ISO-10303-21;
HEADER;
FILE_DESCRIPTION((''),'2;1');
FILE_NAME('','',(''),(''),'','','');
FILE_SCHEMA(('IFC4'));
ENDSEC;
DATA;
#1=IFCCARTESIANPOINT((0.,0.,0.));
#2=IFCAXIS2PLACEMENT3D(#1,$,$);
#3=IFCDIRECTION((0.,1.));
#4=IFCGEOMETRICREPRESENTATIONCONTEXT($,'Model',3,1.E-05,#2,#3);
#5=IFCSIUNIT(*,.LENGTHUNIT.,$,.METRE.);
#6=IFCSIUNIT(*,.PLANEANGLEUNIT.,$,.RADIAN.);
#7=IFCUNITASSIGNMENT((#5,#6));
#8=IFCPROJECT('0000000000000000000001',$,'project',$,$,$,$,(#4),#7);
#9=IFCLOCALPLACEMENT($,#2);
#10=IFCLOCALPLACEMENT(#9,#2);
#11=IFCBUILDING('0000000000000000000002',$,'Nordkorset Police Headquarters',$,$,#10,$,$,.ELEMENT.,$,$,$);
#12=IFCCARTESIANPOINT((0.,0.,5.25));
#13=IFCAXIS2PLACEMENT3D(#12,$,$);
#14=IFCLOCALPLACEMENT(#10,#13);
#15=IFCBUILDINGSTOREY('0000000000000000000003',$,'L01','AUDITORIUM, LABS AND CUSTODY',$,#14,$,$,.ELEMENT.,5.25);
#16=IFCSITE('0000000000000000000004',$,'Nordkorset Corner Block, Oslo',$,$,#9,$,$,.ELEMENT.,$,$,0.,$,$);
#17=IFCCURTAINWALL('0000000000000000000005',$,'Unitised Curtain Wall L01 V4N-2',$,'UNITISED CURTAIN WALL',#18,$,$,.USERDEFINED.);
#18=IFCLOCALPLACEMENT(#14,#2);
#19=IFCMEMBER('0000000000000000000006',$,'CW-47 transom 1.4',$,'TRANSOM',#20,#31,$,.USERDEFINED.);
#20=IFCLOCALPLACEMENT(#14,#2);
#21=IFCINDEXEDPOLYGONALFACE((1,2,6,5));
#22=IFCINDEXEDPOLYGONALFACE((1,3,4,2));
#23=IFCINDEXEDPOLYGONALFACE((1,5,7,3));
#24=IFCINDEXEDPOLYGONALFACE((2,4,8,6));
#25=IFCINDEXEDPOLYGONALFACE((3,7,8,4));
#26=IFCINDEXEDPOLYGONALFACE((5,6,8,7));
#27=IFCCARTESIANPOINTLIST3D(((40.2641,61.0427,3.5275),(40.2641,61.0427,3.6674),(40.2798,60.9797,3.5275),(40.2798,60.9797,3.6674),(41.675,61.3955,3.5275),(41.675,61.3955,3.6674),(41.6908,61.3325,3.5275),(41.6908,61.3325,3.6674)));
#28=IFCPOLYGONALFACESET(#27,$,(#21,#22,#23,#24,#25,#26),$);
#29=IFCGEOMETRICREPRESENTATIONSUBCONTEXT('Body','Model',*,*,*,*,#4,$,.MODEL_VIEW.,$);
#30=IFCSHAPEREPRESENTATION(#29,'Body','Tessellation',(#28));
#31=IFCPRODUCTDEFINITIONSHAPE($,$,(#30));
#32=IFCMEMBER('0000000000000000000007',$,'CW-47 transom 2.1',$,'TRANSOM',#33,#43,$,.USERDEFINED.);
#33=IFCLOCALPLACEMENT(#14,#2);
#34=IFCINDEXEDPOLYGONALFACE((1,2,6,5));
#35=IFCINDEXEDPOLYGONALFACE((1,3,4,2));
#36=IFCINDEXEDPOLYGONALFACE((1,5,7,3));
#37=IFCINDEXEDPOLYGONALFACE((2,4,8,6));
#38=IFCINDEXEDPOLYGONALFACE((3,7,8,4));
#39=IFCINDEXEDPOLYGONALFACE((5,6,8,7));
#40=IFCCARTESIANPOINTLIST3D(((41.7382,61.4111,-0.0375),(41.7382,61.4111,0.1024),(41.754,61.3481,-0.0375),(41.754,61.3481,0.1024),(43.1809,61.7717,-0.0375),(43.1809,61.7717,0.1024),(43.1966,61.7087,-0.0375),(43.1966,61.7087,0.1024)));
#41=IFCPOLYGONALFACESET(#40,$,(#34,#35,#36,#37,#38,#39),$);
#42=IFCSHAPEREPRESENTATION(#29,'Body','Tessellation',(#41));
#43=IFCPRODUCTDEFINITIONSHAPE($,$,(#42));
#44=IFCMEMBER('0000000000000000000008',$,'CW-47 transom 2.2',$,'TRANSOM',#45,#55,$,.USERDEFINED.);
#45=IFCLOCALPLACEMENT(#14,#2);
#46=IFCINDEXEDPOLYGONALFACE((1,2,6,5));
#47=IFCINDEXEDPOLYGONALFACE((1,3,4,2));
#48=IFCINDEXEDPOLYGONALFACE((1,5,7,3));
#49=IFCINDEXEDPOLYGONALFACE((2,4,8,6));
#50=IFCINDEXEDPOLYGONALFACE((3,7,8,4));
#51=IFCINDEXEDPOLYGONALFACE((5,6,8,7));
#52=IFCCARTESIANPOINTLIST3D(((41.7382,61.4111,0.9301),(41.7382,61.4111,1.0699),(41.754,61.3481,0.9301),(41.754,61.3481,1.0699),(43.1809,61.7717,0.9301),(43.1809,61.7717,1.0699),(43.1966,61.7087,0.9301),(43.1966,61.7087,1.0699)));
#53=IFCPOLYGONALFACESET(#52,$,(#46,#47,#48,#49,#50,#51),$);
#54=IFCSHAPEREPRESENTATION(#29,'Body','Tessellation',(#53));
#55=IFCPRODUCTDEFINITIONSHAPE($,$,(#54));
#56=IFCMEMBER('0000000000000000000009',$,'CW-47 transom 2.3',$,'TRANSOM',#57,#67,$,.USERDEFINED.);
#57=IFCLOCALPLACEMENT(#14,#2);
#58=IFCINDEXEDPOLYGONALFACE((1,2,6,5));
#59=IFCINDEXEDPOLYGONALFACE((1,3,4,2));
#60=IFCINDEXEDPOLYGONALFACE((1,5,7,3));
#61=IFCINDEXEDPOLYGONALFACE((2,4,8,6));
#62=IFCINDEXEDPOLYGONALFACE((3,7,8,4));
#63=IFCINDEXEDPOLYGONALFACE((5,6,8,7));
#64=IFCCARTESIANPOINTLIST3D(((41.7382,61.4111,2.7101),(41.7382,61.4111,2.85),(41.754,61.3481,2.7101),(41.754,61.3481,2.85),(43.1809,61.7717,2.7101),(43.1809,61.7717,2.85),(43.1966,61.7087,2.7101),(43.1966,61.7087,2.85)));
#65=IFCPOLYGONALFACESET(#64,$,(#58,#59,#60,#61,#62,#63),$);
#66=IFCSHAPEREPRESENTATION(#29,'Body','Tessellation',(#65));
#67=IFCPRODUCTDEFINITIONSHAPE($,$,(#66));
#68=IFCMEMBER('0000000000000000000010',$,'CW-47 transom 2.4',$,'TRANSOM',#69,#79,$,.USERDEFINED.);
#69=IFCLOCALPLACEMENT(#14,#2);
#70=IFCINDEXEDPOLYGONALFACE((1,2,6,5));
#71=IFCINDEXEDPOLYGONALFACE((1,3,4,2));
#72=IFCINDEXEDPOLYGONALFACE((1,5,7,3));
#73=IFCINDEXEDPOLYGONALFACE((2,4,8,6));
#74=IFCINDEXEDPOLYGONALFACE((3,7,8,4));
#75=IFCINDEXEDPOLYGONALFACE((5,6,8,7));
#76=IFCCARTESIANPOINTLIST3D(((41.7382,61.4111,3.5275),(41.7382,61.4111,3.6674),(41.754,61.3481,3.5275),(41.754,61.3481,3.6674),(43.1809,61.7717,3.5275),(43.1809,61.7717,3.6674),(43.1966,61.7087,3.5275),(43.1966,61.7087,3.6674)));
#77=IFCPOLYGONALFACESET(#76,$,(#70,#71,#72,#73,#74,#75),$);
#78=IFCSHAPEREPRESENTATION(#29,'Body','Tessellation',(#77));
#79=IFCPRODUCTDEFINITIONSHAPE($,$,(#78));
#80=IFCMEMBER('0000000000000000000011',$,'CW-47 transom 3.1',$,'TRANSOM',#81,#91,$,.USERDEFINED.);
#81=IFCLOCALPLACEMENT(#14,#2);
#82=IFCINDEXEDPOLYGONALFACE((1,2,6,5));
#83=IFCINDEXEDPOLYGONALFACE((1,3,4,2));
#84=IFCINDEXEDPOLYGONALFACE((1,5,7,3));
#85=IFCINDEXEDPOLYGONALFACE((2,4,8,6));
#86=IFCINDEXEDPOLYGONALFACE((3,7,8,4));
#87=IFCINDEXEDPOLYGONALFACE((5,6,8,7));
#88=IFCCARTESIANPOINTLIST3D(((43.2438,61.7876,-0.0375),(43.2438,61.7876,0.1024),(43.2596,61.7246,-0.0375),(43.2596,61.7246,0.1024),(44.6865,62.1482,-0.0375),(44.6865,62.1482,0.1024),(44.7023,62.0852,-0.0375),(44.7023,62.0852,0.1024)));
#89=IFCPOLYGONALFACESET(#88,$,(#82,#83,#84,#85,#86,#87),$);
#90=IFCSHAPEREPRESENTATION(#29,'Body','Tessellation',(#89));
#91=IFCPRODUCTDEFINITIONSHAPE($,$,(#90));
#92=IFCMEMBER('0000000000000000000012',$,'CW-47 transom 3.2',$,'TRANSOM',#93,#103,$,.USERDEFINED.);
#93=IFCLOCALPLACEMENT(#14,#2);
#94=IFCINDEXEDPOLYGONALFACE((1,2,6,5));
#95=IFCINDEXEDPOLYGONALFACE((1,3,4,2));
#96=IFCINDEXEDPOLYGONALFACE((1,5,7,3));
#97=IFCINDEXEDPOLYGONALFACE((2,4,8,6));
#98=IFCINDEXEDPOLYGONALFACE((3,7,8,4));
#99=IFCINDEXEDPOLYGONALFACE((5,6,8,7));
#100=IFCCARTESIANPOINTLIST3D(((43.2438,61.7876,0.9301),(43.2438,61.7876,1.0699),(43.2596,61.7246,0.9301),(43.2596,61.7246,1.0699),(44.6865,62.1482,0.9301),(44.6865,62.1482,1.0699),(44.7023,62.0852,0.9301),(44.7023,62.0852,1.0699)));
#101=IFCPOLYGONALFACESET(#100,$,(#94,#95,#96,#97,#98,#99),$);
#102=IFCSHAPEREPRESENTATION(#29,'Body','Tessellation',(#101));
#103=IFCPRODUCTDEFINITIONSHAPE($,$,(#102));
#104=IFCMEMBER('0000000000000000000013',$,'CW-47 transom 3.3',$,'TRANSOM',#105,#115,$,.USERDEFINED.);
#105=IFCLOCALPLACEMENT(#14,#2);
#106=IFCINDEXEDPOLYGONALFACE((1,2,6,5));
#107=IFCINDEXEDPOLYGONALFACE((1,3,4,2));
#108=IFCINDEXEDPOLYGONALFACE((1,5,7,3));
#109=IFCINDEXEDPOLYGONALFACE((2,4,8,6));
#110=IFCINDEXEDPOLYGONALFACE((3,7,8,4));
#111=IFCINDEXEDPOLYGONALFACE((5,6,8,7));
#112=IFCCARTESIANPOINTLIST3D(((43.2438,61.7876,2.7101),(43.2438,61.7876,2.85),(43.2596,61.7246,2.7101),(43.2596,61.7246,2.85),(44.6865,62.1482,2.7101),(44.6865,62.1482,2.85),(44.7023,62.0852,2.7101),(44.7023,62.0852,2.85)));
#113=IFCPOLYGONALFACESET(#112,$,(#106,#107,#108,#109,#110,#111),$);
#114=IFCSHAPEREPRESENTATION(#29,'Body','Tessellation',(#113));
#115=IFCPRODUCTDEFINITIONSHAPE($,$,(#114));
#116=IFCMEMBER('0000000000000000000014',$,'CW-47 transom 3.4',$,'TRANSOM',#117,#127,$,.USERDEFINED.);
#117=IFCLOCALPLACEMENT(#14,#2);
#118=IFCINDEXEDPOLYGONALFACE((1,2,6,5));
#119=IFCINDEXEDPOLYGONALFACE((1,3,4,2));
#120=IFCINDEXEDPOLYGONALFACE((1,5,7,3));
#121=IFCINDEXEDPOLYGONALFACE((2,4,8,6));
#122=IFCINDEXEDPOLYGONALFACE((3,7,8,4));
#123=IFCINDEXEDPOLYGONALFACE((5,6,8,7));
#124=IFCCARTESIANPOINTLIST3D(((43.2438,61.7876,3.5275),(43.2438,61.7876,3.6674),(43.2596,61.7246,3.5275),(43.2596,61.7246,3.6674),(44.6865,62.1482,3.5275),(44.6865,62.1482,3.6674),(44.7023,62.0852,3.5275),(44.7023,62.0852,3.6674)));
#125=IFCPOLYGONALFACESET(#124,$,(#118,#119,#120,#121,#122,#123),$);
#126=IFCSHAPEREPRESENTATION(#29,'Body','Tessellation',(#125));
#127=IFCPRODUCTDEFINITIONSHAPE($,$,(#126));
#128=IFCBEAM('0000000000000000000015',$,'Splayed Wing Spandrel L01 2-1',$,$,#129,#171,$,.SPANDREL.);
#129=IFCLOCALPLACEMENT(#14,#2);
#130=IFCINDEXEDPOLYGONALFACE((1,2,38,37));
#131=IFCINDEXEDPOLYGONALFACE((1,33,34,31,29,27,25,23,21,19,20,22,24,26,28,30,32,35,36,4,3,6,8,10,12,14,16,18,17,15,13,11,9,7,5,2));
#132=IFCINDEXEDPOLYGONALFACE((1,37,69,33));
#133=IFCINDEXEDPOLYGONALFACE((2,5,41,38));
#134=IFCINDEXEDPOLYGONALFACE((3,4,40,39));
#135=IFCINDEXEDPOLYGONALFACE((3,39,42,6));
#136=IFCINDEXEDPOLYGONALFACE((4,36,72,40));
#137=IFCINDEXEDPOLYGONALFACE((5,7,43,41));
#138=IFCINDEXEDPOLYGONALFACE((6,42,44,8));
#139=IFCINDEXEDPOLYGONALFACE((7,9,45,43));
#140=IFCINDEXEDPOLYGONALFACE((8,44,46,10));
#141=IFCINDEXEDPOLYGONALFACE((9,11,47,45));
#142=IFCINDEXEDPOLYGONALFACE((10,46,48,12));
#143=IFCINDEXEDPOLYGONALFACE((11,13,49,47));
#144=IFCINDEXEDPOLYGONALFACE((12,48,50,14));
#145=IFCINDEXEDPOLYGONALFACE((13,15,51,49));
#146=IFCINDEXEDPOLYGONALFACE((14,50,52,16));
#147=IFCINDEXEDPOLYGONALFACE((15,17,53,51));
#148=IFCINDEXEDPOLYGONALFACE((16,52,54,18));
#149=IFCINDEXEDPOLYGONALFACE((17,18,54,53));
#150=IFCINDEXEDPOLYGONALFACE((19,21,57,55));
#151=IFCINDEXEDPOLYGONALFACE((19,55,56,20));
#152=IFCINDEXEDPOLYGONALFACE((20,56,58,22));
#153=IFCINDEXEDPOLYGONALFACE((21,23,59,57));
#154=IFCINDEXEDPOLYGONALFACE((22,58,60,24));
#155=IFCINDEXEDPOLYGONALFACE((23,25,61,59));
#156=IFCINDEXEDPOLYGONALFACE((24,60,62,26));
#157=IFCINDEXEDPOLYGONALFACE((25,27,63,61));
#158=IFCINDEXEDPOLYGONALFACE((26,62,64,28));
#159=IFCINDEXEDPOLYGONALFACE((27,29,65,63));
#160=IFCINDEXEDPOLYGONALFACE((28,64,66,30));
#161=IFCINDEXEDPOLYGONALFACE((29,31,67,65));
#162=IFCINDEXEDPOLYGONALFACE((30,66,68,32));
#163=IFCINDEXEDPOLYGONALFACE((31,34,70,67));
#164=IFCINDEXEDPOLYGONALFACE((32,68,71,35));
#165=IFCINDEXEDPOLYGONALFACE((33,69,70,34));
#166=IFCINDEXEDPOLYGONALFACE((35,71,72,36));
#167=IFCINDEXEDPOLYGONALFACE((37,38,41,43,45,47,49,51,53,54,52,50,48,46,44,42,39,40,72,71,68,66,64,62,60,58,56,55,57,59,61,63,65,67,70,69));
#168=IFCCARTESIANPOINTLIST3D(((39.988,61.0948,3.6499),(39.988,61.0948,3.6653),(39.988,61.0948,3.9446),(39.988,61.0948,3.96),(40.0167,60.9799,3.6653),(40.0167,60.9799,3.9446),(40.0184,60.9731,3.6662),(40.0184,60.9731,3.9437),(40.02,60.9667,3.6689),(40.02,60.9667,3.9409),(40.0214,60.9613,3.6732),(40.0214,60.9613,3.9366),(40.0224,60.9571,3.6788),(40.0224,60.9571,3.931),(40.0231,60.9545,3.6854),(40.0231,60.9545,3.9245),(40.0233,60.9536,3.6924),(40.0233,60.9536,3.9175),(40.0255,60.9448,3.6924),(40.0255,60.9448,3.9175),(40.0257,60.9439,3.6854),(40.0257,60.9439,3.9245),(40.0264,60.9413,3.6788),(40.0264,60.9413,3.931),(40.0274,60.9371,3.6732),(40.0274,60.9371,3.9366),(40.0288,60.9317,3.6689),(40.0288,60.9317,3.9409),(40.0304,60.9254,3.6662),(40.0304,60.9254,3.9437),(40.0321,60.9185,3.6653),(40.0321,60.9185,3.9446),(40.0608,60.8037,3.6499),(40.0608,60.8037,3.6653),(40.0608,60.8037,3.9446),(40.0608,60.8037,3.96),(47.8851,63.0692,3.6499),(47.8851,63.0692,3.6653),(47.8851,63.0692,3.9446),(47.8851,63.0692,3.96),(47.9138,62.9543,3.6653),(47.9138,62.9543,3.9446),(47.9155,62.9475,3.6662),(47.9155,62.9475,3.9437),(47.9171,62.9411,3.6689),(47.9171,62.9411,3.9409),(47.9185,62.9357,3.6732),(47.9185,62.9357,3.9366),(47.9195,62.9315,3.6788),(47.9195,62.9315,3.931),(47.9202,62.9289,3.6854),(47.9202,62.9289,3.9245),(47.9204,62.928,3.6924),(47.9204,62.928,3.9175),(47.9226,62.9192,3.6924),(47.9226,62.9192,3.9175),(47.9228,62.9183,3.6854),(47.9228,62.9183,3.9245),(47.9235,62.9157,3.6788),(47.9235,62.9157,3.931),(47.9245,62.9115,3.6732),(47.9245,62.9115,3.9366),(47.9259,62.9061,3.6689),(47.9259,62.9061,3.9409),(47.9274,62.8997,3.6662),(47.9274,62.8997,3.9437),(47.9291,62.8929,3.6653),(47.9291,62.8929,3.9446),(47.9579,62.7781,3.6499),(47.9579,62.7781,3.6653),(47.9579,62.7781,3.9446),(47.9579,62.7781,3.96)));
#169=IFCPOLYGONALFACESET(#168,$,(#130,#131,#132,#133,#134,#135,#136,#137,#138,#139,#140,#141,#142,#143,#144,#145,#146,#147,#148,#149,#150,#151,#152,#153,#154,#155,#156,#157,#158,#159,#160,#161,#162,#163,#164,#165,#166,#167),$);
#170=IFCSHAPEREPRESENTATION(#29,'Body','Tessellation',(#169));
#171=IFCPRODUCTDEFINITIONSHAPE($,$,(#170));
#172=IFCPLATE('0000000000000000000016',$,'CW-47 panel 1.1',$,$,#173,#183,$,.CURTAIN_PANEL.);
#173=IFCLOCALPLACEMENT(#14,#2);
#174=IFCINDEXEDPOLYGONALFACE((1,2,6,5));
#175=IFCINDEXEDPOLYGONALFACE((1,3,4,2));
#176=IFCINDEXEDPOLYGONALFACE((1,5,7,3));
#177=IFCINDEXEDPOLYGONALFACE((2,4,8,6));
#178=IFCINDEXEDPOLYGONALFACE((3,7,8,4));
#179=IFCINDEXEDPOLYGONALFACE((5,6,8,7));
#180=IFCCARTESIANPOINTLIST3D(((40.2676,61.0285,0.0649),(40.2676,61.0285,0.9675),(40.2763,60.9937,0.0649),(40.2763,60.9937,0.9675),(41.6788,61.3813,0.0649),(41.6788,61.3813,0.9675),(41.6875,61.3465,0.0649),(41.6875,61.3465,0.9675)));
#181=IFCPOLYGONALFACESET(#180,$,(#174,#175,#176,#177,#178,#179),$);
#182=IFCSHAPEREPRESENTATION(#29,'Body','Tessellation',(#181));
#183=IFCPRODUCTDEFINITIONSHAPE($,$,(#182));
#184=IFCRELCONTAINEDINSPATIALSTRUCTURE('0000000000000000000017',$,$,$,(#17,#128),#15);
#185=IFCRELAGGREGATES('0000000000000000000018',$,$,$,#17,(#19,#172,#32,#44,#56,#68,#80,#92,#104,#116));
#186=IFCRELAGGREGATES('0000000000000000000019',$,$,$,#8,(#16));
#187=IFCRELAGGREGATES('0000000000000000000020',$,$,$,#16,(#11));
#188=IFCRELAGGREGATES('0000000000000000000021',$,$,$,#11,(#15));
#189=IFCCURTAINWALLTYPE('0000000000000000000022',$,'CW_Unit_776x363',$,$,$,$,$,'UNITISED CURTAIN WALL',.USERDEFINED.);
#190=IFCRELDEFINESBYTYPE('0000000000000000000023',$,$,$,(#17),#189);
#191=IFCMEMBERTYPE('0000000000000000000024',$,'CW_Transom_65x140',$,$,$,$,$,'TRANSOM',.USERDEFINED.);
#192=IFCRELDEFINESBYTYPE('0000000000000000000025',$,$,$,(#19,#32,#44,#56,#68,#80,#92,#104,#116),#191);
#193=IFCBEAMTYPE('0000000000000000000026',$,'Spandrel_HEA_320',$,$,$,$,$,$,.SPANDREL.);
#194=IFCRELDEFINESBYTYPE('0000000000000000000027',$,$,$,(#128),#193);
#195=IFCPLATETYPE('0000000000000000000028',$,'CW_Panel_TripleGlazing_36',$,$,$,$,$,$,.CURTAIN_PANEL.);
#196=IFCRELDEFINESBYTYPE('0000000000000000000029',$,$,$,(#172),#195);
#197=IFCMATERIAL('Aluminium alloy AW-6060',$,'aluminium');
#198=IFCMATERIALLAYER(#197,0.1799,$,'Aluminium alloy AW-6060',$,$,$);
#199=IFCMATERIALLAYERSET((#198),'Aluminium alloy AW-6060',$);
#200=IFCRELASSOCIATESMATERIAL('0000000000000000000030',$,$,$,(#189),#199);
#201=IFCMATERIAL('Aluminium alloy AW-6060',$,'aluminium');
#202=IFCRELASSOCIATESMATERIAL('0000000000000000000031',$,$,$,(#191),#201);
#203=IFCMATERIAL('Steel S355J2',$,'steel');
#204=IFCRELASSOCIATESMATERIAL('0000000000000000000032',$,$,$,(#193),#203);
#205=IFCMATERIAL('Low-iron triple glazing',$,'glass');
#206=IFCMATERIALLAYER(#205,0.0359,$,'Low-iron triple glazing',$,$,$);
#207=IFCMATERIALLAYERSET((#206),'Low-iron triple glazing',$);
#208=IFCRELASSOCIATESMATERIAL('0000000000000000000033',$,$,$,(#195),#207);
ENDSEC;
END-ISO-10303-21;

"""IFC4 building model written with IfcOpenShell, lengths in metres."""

from ifc_helpers import new_model, si_unit, direction, frame, origin, origin_2d, place, context, subcontext, project, spatial, rectangle, i_section, extrude, material, layer, layer_set, material_profile, profile_set, type_object, element, aggregate, save


model = new_model("IFC4")

# Units and contexts
model_context = context("Model", 3, precision=1e-05, world=origin(), true_north=direction((0.0, 1.0)))
body_context = subcontext(model_context, "Body", "Model", "MODEL_VIEW")
ifc_project = project(units=[si_unit("LENGTHUNIT", "METRE"), si_unit("PLANEANGLEUNIT", "RADIAN")], contexts=[model_context])

# Site, building, storey
site_placement = place(None, origin())
site = spatial("IfcSite", under=ifc_project, at=site_placement, Name="Nordkorset Corner Block, Oslo", CompositionType="ELEMENT", RefElevation=0.0)
building_placement = place(site_placement, origin())
building = spatial("IfcBuilding", under=site, at=building_placement, Name="Nordkorset Police Headquarters", CompositionType="ELEMENT")
storey_placement = place(building_placement, frame((0.0, 0.0, 5.25)))
storey = spatial("IfcBuildingStorey", under=building, at=storey_placement, Name="L01", Description="AUDITORIUM, LABS AND CUSTODY", CompositionType="ELEMENT", Elevation=5.25)

# Curtain wall, members
ifc_material_1 = material(Name="Aluminium alloy AW-6060", Category="aluminium")
ifc_layer_1 = layer(ifc_material_1, 0.1799, Name="Aluminium alloy AW-6060")
ifc_layer_set_1 = layer_set([ifc_layer_1], Name="Aluminium alloy AW-6060")
curtain_wall_type_1 = type_object("IfcCurtainWallType", Name="CW_Unit_776x363", ElementType="UNITISED CURTAIN WALL", PredefinedType="USERDEFINED", material=ifc_layer_set_1)
curtain_wall_1_placement = place(storey_placement, origin())
curtain_wall_1 = element("IfcCurtainWall", 1, at=curtain_wall_1_placement, inside=storey, type_object=curtain_wall_type_1, Name="Unitised Curtain Wall L01 V4N-2", ObjectType="UNITISED CURTAIN WALL", PredefinedType="USERDEFINED")
ifc_material_2 = material(Name="Aluminium alloy AW-6060", Category="aluminium")
ifc_material_profile_1 = material_profile(ifc_material_2, rectangle(XDim=0.0649, YDim=0.1399, at=origin_2d()), Name="ALU TRAN 65x140")
ifc_profile_set_1 = profile_set([ifc_material_profile_1], Name="Aluminium alloy AW-6060")
member_type_1 = type_object("IfcMemberType", Name="CW_Transom_65x140", ElementType="TRANSOM", PredefinedType="USERDEFINED", material=ifc_profile_set_1)
member_1_placement = place(storey_placement, frame((40.272, 61.0112, 3.5974), z_axis=(0.970133, 0.242575, 0.0), x_axis=(-0.242575, 0.970133, 0.0)))
member_1 = element("IfcMember", 2, at=member_1_placement, type_object=member_type_1, Name="CW-47 transom 1.4", ObjectType="TRANSOM", PredefinedType="USERDEFINED", context=body_context, shape_type="SweptSolid", body=[
    extrude(rectangle(XDim=0.0649, YDim=0.1399, at=origin_2d()), origin(), (0.0, 0.0, 1.0), 1.4543),
])
member_2_placement = place(storey_placement, frame((41.7461, 61.3796, 0.0325), z_axis=(0.970152, 0.242497, 0.0), x_axis=(-0.242497, 0.970152, 0.0)))
member_2 = element("IfcMember", 3, at=member_2_placement, type_object=member_type_1, Name="CW-47 transom 2.1", ObjectType="TRANSOM", PredefinedType="USERDEFINED", context=body_context, shape_type="SweptSolid", body=[
    extrude(rectangle(XDim=0.0649, YDim=0.1399, at=origin_2d()), origin(), (0.0, 0.0, 1.0), 1.4871),
])
member_3_placement = place(storey_placement, frame((41.7461, 61.3796, 1.0), z_axis=(0.970152, 0.242497, 0.0), x_axis=(-0.242497, 0.970152, 0.0)))
member_3 = element("IfcMember", 4, at=member_3_placement, type_object=member_type_1, Name="CW-47 transom 2.2", ObjectType="TRANSOM", PredefinedType="USERDEFINED", context=body_context, shape_type="SweptSolid", body=[
    extrude(rectangle(XDim=0.0649, YDim=0.1399, at=origin_2d()), origin(), (0.0, 0.0, 1.0), 1.4871),
])
member_4_placement = place(storey_placement, frame((41.7461, 61.3796, 2.78), z_axis=(0.970152, 0.242497, 0.0), x_axis=(-0.242497, 0.970152, 0.0)))
member_4 = element("IfcMember", 5, at=member_4_placement, type_object=member_type_1, Name="CW-47 transom 2.3", ObjectType="TRANSOM", PredefinedType="USERDEFINED", context=body_context, shape_type="SweptSolid", body=[
    extrude(rectangle(XDim=0.0649, YDim=0.1399, at=origin_2d()), origin(), (0.0, 0.0, 1.0), 1.4871),
])
member_5_placement = place(storey_placement, frame((41.7461, 61.3796, 3.5974), z_axis=(0.970152, 0.242497, 0.0), x_axis=(-0.242497, 0.970152, 0.0)))
member_5 = element("IfcMember", 6, at=member_5_placement, type_object=member_type_1, Name="CW-47 transom 2.4", ObjectType="TRANSOM", PredefinedType="USERDEFINED", context=body_context, shape_type="SweptSolid", body=[
    extrude(rectangle(XDim=0.0649, YDim=0.1399, at=origin_2d()), origin(), (0.0, 0.0, 1.0), 1.4871),
])
member_6_placement = place(storey_placement, frame((43.2517, 61.7561, 0.0325), z_axis=(0.970152, 0.242497, 0.0), x_axis=(-0.242497, 0.970152, 0.0)))
member_6 = element("IfcMember", 7, at=member_6_placement, type_object=member_type_1, Name="CW-47 transom 3.1", ObjectType="TRANSOM", PredefinedType="USERDEFINED", context=body_context, shape_type="SweptSolid", body=[
    extrude(rectangle(XDim=0.0649, YDim=0.1399, at=origin_2d()), origin(), (0.0, 0.0, 1.0), 1.4871),
])
member_7_placement = place(storey_placement, frame((43.2517, 61.7561, 1.0), z_axis=(0.970152, 0.242497, 0.0), x_axis=(-0.242497, 0.970152, 0.0)))
member_7 = element("IfcMember", 8, at=member_7_placement, type_object=member_type_1, Name="CW-47 transom 3.2", ObjectType="TRANSOM", PredefinedType="USERDEFINED", context=body_context, shape_type="SweptSolid", body=[
    extrude(rectangle(XDim=0.0649, YDim=0.1399, at=origin_2d()), origin(), (0.0, 0.0, 1.0), 1.4871),
])
member_8_placement = place(storey_placement, frame((43.2517, 61.7561, 2.78), z_axis=(0.970152, 0.242497, 0.0), x_axis=(-0.242497, 0.970152, 0.0)))
member_8 = element("IfcMember", 9, at=member_8_placement, type_object=member_type_1, Name="CW-47 transom 3.3", ObjectType="TRANSOM", PredefinedType="USERDEFINED", context=body_context, shape_type="SweptSolid", body=[
    extrude(rectangle(XDim=0.0649, YDim=0.1399, at=origin_2d()), origin(), (0.0, 0.0, 1.0), 1.4871),
])
member_9_placement = place(storey_placement, frame((43.2517, 61.7561, 3.5974), z_axis=(0.970152, 0.242497, 0.0), x_axis=(-0.242497, 0.970152, 0.0)))
member_9 = element("IfcMember", 10, at=member_9_placement, type_object=member_type_1, Name="CW-47 transom 3.4", ObjectType="TRANSOM", PredefinedType="USERDEFINED", context=body_context, shape_type="SweptSolid", body=[
    extrude(rectangle(XDim=0.0649, YDim=0.1399, at=origin_2d()), origin(), (0.0, 0.0, 1.0), 1.4871),
])

# Beam
ifc_material_3 = material(Name="Steel S355J2", Category="steel")
ifc_material_profile_2 = material_profile(ifc_material_3, i_section(OverallWidth=0.3, OverallDepth=0.3101, WebThickness=0.009, FlangeThickness=0.0154, FilletRadius=0.0271, at=origin_2d()), Name="HEA 320")
ifc_profile_set_2 = profile_set([ifc_material_profile_2], Name="Steel S355J2")
beam_type_1 = type_object("IfcBeamType", Name="Spandrel_HEA_320", PredefinedType="SPANDREL", material=ifc_profile_set_2)
beam_1_placement = place(storey_placement, frame((40.0244, 60.9492, 3.8049), z_axis=(0.970139, 0.24255, 0.0), x_axis=(-0.24255, 0.970139, 0.0)))
element("IfcBeam", 11, at=beam_1_placement, inside=storey, type_object=beam_type_1, Name="Splayed Wing Spandrel L01 2-1", PredefinedType="SPANDREL", context=body_context, shape_type="SweptSolid", body=[
    extrude(i_section(OverallWidth=0.3, OverallDepth=0.3101, WebThickness=0.009, FlangeThickness=0.0154, FilletRadius=0.0271, at=origin_2d()), origin(), (0.0, 0.0, 1.0), 8.1401),
])

# Plate
ifc_material_4 = material(Name="Low-iron triple glazing", Category="glass")
ifc_layer_2 = layer(ifc_material_4, 0.0359, Name="Low-iron triple glazing")
ifc_layer_set_2 = layer_set([ifc_layer_2], Name="Low-iron triple glazing")
plate_type = type_object("IfcPlateType", Name="CW_Panel_TripleGlazing_36", PredefinedType="CURTAIN_PANEL", material=ifc_layer_set_2)
plate_1_placement = place(storey_placement, frame((40.9775, 61.1875, 0.0649), z_axis=(0.0, 0.0, 1.0), x_axis=(0.970142, 0.242536, 0.0)))
plate_1 = element("IfcPlate", 12, at=plate_1_placement, type_object=plate_type, Name="CW-47 panel 1.1", PredefinedType="CURTAIN_PANEL", context=body_context, shape_type="SweptSolid", body=[
    extrude(rectangle(XDim=1.4546, YDim=0.0359, at=origin_2d()), origin(), (0.0, 0.0, 1.0), 0.9026),
])
aggregate(curtain_wall_1, [member_1, plate_1, member_2, member_3, member_4, member_5, member_6, member_7, member_8, member_9])

save(model, "model.ifc")
